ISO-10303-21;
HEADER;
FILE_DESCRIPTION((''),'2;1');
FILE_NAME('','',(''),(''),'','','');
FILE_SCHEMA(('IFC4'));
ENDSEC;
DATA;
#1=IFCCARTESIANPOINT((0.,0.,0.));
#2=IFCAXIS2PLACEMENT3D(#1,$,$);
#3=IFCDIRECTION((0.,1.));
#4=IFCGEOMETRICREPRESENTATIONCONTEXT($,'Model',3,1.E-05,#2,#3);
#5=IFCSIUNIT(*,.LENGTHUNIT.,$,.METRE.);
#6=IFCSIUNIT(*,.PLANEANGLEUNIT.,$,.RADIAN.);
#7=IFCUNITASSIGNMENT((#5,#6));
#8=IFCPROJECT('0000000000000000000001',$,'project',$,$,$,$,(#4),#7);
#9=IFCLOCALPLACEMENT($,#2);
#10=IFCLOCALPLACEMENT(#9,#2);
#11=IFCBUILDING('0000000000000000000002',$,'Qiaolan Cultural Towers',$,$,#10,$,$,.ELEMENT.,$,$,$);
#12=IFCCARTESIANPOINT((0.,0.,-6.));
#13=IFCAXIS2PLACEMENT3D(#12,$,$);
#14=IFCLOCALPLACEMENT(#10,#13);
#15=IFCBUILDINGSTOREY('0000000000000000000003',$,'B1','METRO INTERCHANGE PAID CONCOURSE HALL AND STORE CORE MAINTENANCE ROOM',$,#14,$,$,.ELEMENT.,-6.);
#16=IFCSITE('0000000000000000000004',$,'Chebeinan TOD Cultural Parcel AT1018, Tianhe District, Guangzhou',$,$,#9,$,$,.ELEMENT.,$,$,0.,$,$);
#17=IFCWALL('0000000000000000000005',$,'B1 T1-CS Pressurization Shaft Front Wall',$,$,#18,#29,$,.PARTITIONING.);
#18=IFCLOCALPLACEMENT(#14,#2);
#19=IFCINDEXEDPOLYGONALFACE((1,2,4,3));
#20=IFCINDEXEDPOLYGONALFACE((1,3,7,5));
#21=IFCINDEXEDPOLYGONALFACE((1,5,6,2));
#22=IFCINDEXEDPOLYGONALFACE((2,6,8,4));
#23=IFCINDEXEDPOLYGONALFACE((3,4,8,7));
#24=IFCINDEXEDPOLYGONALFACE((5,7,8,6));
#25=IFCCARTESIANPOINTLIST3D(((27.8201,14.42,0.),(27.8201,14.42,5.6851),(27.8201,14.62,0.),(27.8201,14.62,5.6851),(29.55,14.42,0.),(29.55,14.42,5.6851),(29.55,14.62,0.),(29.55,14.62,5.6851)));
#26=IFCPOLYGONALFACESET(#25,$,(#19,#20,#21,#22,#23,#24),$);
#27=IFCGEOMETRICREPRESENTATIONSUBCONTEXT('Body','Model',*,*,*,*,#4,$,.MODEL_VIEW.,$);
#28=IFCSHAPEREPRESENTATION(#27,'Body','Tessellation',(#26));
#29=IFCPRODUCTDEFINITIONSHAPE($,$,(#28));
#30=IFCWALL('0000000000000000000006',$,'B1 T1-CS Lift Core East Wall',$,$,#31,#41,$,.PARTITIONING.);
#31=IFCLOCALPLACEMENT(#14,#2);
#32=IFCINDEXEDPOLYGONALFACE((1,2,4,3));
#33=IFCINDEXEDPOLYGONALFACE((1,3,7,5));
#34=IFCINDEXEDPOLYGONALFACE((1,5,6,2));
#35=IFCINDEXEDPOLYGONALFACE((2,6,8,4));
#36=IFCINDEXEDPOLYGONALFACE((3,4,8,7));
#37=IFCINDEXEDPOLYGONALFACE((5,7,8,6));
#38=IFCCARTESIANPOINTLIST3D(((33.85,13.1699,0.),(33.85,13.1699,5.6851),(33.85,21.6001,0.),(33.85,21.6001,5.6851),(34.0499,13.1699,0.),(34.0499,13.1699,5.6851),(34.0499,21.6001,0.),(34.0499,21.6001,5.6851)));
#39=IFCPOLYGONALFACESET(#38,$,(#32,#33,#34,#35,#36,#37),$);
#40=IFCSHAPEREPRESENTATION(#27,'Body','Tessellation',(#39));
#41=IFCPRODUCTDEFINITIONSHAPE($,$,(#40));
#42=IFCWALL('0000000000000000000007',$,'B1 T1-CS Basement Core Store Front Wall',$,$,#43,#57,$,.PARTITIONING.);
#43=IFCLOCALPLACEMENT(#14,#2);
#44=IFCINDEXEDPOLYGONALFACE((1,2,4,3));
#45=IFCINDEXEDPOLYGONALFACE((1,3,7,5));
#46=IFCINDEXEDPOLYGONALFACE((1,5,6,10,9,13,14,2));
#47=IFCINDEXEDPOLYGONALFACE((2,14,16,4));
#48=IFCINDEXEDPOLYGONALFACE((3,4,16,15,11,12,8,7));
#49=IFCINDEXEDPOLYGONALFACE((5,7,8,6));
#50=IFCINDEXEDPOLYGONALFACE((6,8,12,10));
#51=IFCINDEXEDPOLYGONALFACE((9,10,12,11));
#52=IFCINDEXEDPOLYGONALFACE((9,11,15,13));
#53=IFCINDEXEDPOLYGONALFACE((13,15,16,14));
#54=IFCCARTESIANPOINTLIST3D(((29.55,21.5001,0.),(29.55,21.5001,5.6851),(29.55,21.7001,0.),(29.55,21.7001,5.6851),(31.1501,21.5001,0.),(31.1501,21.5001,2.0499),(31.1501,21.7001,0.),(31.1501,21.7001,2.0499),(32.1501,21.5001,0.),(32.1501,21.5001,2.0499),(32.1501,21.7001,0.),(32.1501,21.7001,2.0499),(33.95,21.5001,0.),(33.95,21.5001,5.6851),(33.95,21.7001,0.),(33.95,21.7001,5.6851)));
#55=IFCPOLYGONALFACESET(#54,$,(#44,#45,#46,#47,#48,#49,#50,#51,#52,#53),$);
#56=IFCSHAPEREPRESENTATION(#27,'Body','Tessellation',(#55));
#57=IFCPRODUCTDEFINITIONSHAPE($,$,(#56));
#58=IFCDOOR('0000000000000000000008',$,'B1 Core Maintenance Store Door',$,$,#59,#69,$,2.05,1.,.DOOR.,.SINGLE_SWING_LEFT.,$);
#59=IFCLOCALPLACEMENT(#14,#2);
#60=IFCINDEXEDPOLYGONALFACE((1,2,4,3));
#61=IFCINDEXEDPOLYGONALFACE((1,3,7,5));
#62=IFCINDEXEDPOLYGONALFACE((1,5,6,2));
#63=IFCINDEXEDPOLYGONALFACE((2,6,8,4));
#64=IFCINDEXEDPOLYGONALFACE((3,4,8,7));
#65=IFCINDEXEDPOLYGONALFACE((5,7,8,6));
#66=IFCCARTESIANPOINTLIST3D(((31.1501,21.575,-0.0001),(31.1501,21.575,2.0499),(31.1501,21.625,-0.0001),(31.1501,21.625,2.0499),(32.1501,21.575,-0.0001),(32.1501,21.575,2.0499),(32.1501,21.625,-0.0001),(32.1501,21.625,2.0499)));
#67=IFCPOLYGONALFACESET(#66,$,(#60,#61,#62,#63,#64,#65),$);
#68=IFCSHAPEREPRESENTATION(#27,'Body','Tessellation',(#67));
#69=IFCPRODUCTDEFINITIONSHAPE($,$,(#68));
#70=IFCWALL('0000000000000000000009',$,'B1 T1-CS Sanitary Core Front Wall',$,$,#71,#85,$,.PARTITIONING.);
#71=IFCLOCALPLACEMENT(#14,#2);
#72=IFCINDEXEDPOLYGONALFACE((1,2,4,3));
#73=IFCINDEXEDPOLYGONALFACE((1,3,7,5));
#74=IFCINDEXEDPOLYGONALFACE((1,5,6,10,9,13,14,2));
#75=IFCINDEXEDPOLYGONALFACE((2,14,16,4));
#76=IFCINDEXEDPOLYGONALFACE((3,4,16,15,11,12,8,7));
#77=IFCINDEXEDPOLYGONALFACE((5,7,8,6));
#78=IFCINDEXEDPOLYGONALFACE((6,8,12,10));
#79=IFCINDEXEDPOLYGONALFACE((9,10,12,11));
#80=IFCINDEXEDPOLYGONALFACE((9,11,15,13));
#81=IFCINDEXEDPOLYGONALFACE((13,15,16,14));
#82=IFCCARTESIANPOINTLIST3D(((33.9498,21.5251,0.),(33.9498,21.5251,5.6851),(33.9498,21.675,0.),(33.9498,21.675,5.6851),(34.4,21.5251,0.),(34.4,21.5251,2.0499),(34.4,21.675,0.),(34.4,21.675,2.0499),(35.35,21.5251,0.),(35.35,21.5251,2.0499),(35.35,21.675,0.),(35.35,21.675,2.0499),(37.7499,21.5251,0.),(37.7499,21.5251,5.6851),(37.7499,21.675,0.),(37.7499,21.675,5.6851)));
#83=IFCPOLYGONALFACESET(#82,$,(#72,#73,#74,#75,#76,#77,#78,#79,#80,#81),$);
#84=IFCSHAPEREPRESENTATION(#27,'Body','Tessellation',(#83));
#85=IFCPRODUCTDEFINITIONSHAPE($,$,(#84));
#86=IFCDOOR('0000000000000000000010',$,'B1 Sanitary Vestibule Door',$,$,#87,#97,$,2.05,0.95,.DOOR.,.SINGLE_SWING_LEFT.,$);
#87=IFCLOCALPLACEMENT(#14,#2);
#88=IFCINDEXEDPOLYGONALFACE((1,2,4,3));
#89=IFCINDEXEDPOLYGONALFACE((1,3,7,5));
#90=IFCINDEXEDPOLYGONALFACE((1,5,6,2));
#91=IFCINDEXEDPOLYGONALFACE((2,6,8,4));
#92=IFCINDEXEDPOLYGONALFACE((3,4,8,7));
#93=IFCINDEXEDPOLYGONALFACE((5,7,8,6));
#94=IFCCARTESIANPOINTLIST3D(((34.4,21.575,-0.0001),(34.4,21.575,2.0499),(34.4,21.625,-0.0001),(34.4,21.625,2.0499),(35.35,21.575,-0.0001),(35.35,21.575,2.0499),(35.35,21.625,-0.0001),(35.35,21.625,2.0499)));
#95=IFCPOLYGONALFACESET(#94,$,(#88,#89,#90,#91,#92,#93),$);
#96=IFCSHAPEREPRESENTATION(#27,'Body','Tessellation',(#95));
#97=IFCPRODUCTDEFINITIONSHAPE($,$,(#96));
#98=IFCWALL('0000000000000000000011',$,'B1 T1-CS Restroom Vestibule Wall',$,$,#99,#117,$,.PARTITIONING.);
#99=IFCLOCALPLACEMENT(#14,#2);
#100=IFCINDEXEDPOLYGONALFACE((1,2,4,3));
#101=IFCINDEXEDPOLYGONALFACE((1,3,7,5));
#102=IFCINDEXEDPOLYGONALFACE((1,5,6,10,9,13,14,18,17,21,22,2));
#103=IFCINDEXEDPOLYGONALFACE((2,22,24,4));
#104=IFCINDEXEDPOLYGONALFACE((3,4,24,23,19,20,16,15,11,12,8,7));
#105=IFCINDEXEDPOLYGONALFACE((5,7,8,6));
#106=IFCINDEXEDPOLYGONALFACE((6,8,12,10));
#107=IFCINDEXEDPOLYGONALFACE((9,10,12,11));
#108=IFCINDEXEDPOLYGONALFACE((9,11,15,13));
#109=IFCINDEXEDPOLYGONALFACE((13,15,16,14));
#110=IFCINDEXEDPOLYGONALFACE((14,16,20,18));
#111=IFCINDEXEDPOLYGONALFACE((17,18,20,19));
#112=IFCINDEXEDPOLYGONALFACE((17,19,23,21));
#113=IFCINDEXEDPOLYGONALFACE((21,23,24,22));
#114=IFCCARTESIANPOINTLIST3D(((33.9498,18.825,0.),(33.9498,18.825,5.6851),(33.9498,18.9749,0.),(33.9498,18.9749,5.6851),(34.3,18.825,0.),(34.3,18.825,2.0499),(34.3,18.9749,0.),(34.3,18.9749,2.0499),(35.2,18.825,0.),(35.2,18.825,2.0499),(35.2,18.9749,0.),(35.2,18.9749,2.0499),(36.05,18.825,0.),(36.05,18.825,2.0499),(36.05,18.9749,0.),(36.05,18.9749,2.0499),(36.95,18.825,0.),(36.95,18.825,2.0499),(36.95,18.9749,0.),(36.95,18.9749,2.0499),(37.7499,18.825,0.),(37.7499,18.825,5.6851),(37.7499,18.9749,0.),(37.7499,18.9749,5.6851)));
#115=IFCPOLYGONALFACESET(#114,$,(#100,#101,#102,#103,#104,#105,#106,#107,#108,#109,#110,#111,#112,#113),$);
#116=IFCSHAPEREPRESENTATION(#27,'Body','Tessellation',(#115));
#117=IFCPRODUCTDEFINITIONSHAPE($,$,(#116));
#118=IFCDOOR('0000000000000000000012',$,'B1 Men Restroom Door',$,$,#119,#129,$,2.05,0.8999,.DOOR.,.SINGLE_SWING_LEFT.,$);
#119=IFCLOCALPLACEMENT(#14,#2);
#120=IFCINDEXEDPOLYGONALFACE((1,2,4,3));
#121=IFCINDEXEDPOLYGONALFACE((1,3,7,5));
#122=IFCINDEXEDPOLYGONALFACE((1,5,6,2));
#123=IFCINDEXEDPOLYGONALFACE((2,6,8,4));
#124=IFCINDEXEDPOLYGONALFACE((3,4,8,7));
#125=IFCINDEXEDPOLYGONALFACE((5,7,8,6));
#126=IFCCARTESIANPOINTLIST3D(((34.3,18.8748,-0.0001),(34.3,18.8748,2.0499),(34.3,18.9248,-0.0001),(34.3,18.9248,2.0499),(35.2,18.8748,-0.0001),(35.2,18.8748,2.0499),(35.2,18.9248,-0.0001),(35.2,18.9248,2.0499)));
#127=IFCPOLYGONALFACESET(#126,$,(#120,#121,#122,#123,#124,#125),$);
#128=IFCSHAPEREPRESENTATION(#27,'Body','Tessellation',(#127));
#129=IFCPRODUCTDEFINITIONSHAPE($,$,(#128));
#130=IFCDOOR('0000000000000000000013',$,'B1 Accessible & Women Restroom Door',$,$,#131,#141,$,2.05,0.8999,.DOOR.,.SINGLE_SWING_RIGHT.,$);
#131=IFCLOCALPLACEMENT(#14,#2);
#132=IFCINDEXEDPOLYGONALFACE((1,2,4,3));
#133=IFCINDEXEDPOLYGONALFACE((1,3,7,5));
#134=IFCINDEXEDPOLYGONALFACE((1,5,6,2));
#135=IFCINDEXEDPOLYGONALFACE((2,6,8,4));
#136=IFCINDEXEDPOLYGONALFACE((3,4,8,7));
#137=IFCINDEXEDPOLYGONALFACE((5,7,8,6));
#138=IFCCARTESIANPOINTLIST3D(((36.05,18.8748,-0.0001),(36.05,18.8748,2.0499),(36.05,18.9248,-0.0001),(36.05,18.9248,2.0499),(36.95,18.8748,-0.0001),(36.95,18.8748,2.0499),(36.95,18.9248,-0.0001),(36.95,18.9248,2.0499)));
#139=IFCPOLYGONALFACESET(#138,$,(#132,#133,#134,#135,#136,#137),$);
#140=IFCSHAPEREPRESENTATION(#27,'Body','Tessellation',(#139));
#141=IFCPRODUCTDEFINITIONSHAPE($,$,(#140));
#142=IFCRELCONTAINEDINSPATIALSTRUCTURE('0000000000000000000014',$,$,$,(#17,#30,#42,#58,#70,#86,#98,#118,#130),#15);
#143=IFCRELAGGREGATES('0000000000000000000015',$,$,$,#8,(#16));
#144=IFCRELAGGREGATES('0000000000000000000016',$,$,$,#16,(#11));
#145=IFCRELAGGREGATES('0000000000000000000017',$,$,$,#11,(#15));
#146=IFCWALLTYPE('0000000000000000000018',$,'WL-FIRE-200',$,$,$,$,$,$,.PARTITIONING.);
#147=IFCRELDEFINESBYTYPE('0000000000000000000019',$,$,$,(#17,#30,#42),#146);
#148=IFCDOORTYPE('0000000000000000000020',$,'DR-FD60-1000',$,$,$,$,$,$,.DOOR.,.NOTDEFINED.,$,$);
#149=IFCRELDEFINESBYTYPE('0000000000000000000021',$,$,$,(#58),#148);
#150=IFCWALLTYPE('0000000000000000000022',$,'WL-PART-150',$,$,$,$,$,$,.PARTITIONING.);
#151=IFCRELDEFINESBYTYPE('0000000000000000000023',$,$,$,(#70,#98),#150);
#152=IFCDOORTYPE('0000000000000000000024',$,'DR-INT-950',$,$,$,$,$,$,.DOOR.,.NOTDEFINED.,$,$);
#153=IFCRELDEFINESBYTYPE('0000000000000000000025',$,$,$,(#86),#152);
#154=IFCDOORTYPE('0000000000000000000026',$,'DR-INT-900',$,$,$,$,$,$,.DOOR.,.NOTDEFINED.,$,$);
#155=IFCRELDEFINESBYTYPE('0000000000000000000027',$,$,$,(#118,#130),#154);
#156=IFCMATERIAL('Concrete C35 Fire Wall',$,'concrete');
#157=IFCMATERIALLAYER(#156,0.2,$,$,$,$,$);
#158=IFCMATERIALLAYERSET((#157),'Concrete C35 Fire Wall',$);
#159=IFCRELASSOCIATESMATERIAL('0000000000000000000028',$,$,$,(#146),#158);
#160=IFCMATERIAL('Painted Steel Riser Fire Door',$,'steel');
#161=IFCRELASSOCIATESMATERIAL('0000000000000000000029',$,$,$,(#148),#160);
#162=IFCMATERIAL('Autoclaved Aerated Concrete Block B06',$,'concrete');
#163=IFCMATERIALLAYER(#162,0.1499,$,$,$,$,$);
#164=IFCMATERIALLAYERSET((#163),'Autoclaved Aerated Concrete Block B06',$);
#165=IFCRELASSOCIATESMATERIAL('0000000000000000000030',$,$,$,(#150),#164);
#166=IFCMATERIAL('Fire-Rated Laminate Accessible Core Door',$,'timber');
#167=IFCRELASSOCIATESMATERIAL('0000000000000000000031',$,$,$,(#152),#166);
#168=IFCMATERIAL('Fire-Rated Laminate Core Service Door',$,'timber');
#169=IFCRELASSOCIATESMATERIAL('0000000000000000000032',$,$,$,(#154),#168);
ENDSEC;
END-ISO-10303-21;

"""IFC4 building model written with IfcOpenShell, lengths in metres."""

from ifc_helpers import new_model, si_unit, direction, frame, frame_2d, origin, place, context, subcontext, project, spatial, rectangle, extrude, material, layer, layer_set, type_object, element, fill, save


model = new_model("IFC4")

# Units and contexts
model_context = context("Model", 3, precision=1e-05, world=origin(), true_north=direction((0.0, 1.0)))
body_context = subcontext(model_context, "Body", "Model", "MODEL_VIEW")
ifc_project = project(units=[si_unit("LENGTHUNIT", "METRE"), si_unit("PLANEANGLEUNIT", "RADIAN")], contexts=[model_context])

# Site, building, storey
site_placement = place(None, origin())
site = spatial("IfcSite", under=ifc_project, at=site_placement, Name="Chebeinan TOD Cultural Parcel AT1018, Tianhe District, Guangzhou", CompositionType="ELEMENT", RefElevation=0.0)
building_placement = place(site_placement, origin())
building = spatial("IfcBuilding", under=site, at=building_placement, Name="Qiaolan Cultural Towers", CompositionType="ELEMENT")
storey_placement = place(building_placement, frame((0.0, 0.0, -6.0)))
storey = spatial("IfcBuildingStorey", under=building, at=storey_placement, Name="B1", Description="METRO INTERCHANGE PAID CONCOURSE HALL AND STORE CORE MAINTENANCE ROOM", CompositionType="ELEMENT", Elevation=-6.0)

# Shared definitions
ifc_material_1 = material(Name="Concrete C35 Fire Wall", Category="concrete")
ifc_layer_1 = layer(ifc_material_1, 0.2)
ifc_layer_set_1 = layer_set([ifc_layer_1], Name="Concrete C35 Fire Wall")
wall_type_1 = type_object("IfcWallType", Name="WL-FIRE-200", PredefinedType="PARTITIONING", material=ifc_layer_set_1)

# Walls
wall_1_placement = place(storey_placement, frame((27.8201, 14.52, 0.0), z_axis=(0.0, 0.0, 1.0), x_axis=(1.0, 0.0, 0.0)))
element("IfcWall", 1, at=wall_1_placement, inside=storey, type_object=wall_type_1, Name="B1 T1-CS Pressurization Shaft Front Wall", PredefinedType="PARTITIONING", context=body_context, shape_type="SweptSolid", body=[
    extrude(rectangle(XDim=1.73, YDim=0.2, at=frame_2d((0.865, 0.0))), origin(), (0.0, 0.0, 1.0), 5.6851),
])
wall_2_placement = place(storey_placement, frame((33.95, 21.6001, 0.0), z_axis=(0.0, 0.0, 1.0), x_axis=(0.0, -1.0, 0.0)))
element("IfcWall", 2, at=wall_2_placement, inside=storey, type_object=wall_type_1, Name="B1 T1-CS Lift Core East Wall", PredefinedType="PARTITIONING", context=body_context, shape_type="SweptSolid", body=[
    extrude(rectangle(XDim=8.4302, YDim=0.2, at=frame_2d((4.2151, 0.0))), origin(), (0.0, 0.0, 1.0), 5.6851),
])

# Walls, openings, doors
wall_3_placement = place(storey_placement, frame((29.55, 21.6001, 0.0), z_axis=(0.0, 0.0, 1.0), x_axis=(1.0, 0.0, 0.0)))
wall_3 = element("IfcWall", 3, at=wall_3_placement, inside=storey, type_object=wall_type_1, Name="B1 T1-CS Basement Core Store Front Wall", PredefinedType="PARTITIONING", context=body_context, shape_type="SweptSolid", body=[
    extrude(rectangle(XDim=4.3999, YDim=0.2, at=frame_2d((2.2, 0.0))), origin(), (0.0, 0.0, 1.0), 5.6851),
])
opening_1_placement = place(wall_3_placement, frame((1.6001, 0.0, 0.0)))
opening_1 = element("IfcOpeningElement", 4, at=opening_1_placement, cuts=wall_3, PredefinedType="OPENING", context=body_context, shape_type="SweptSolid", body=[
    extrude(rectangle(XDim=1.0, YDim=2.05, at=frame_2d((0.5, 1.0249))), frame((0.0, 0.1099, 0.0), z_axis=(0.0, -1.0, 0.0), x_axis=(1.0, 0.0, 0.0)), (0.0, 0.0, 1.0), 0.22),
])
ifc_material_2 = material(Name="Painted Steel Riser Fire Door", Category="steel")
door_type_1 = type_object("IfcDoorType", Name="DR-FD60-1000", OperationType="NOTDEFINED", PredefinedType="DOOR", material=ifc_material_2)
door_1_placement = place(opening_1_placement, origin())
door_1 = element("IfcDoor", 5, at=door_1_placement, inside=storey, type_object=door_type_1, Name="B1 Core Maintenance Store Door", OperationType="SINGLE_SWING_LEFT", OverallHeight=2.05, OverallWidth=1.0, PredefinedType="DOOR", context=body_context, shape_type="SweptSolid", body=[
    extrude(rectangle(XDim=1.0, YDim=2.05, at=frame_2d((0.5, 1.0249))), frame((0.0, 0.0249, 0.0), z_axis=(0.0, -1.0, 0.0), x_axis=(1.0, 0.0, 0.0)), (0.0, 0.0, 1.0), 0.05),
])
fill(opening_1, door_1)
ifc_material_3 = material(Name="Autoclaved Aerated Concrete Block B06", Category="concrete")
ifc_layer_2 = layer(ifc_material_3, 0.1499)
ifc_layer_set_2 = layer_set([ifc_layer_2], Name="Autoclaved Aerated Concrete Block B06")
wall_type_2 = type_object("IfcWallType", Name="WL-PART-150", PredefinedType="PARTITIONING", material=ifc_layer_set_2)
wall_4_placement = place(storey_placement, frame((33.95, 21.6001, 0.0), z_axis=(0.0, 0.0, 1.0), x_axis=(1.0, 0.0, 0.0)))
wall_4 = element("IfcWall", 6, at=wall_4_placement, inside=storey, type_object=wall_type_2, Name="B1 T1-CS Sanitary Core Front Wall", PredefinedType="PARTITIONING", context=body_context, shape_type="SweptSolid", body=[
    extrude(rectangle(XDim=3.8, YDim=0.1499, at=frame_2d((1.8999, 0.0))), origin(), (0.0, 0.0, 1.0), 5.6851),
])
opening_2_placement = place(wall_4_placement, frame((0.45, 0.0, 0.0)))
opening_2 = element("IfcOpeningElement", 7, at=opening_2_placement, cuts=wall_4, PredefinedType="OPENING", context=body_context, shape_type="SweptSolid", body=[
    extrude(rectangle(XDim=0.95, YDim=2.05, at=frame_2d((0.4751, 1.0249))), frame((0.0, 0.085, 0.0), z_axis=(0.0, -1.0, 0.0), x_axis=(1.0, 0.0, 0.0)), (0.0, 0.0, 1.0), 0.1699),
])
ifc_material_4 = material(Name="Fire-Rated Laminate Accessible Core Door", Category="timber")
door_type_2 = type_object("IfcDoorType", Name="DR-INT-950", OperationType="NOTDEFINED", PredefinedType="DOOR", material=ifc_material_4)
door_2_placement = place(opening_2_placement, origin())
door_2 = element("IfcDoor", 8, at=door_2_placement, inside=storey, type_object=door_type_2, Name="B1 Sanitary Vestibule Door", OperationType="SINGLE_SWING_LEFT", OverallHeight=2.05, OverallWidth=0.95, PredefinedType="DOOR", context=body_context, shape_type="SweptSolid", body=[
    extrude(rectangle(XDim=0.95, YDim=2.05, at=frame_2d((0.4751, 1.0249))), frame((0.0, 0.0249, 0.0), z_axis=(0.0, -1.0, 0.0), x_axis=(1.0, 0.0, 0.0)), (0.0, 0.0, 1.0), 0.05),
])
fill(opening_2, door_2)

# Wall, openings, doors
wall_5_placement = place(storey_placement, frame((33.95, 18.8999, 0.0), z_axis=(0.0, 0.0, 1.0), x_axis=(1.0, 0.0, 0.0)))
wall_5 = element("IfcWall", 9, at=wall_5_placement, inside=storey, type_object=wall_type_2, Name="B1 T1-CS Restroom Vestibule Wall", PredefinedType="PARTITIONING", context=body_context, shape_type="SweptSolid", body=[
    extrude(rectangle(XDim=3.8, YDim=0.1499, at=frame_2d((1.8999, 0.0))), origin(), (0.0, 0.0, 1.0), 5.6851),
])
opening_3_placement = place(wall_5_placement, frame((0.3501, 0.0, 0.0)))
opening_3 = element("IfcOpeningElement", 10, at=opening_3_placement, cuts=wall_5, PredefinedType="OPENING", context=body_context, shape_type="SweptSolid", body=[
    extrude(rectangle(XDim=0.8999, YDim=2.05, at=frame_2d((0.45, 1.0249))), frame((0.0, 0.085, 0.0), z_axis=(0.0, -1.0, 0.0), x_axis=(1.0, 0.0, 0.0)), (0.0, 0.0, 1.0), 0.1699),
])
opening_4_placement = place(wall_5_placement, frame((2.1001, 0.0, 0.0)))
opening_4 = element("IfcOpeningElement", 11, at=opening_4_placement, cuts=wall_5, PredefinedType="OPENING", context=body_context, shape_type="SweptSolid", body=[
    extrude(rectangle(XDim=0.8999, YDim=2.05, at=frame_2d((0.45, 1.0249))), frame((0.0, 0.085, 0.0), z_axis=(0.0, -1.0, 0.0), x_axis=(1.0, 0.0, 0.0)), (0.0, 0.0, 1.0), 0.1699),
])
ifc_material_5 = material(Name="Fire-Rated Laminate Core Service Door", Category="timber")
door_type_3 = type_object("IfcDoorType", Name="DR-INT-900", OperationType="NOTDEFINED", PredefinedType="DOOR", material=ifc_material_5)
door_3_placement = place(opening_3_placement, origin())
door_3 = element("IfcDoor", 12, at=door_3_placement, inside=storey, type_object=door_type_3, Name="B1 Men Restroom Door", OperationType="SINGLE_SWING_LEFT", OverallHeight=2.05, OverallWidth=0.8999, PredefinedType="DOOR", context=body_context, shape_type="SweptSolid", body=[
    extrude(rectangle(XDim=0.8999, YDim=2.05, at=frame_2d((0.45, 1.0249))), frame((0.0, 0.0249, 0.0), z_axis=(0.0, -1.0, 0.0), x_axis=(1.0, 0.0, 0.0)), (0.0, 0.0, 1.0), 0.05),
])
fill(opening_3, door_3)
door_4_placement = place(opening_4_placement, origin())
door_4 = element("IfcDoor", 13, at=door_4_placement, inside=storey, type_object=door_type_3, Name="B1 Accessible & Women Restroom Door", OperationType="SINGLE_SWING_RIGHT", OverallHeight=2.05, OverallWidth=0.8999, PredefinedType="DOOR", context=body_context, shape_type="SweptSolid", body=[
    extrude(rectangle(XDim=0.8999, YDim=2.05, at=frame_2d((0.45, 1.0249))), frame((0.0, 0.0249, 0.0), z_axis=(0.0, -1.0, 0.0), x_axis=(1.0, 0.0, 0.0)), (0.0, 0.0, 1.0), 0.05),
])
fill(opening_4, door_4)

save(model, "model.ifc")
